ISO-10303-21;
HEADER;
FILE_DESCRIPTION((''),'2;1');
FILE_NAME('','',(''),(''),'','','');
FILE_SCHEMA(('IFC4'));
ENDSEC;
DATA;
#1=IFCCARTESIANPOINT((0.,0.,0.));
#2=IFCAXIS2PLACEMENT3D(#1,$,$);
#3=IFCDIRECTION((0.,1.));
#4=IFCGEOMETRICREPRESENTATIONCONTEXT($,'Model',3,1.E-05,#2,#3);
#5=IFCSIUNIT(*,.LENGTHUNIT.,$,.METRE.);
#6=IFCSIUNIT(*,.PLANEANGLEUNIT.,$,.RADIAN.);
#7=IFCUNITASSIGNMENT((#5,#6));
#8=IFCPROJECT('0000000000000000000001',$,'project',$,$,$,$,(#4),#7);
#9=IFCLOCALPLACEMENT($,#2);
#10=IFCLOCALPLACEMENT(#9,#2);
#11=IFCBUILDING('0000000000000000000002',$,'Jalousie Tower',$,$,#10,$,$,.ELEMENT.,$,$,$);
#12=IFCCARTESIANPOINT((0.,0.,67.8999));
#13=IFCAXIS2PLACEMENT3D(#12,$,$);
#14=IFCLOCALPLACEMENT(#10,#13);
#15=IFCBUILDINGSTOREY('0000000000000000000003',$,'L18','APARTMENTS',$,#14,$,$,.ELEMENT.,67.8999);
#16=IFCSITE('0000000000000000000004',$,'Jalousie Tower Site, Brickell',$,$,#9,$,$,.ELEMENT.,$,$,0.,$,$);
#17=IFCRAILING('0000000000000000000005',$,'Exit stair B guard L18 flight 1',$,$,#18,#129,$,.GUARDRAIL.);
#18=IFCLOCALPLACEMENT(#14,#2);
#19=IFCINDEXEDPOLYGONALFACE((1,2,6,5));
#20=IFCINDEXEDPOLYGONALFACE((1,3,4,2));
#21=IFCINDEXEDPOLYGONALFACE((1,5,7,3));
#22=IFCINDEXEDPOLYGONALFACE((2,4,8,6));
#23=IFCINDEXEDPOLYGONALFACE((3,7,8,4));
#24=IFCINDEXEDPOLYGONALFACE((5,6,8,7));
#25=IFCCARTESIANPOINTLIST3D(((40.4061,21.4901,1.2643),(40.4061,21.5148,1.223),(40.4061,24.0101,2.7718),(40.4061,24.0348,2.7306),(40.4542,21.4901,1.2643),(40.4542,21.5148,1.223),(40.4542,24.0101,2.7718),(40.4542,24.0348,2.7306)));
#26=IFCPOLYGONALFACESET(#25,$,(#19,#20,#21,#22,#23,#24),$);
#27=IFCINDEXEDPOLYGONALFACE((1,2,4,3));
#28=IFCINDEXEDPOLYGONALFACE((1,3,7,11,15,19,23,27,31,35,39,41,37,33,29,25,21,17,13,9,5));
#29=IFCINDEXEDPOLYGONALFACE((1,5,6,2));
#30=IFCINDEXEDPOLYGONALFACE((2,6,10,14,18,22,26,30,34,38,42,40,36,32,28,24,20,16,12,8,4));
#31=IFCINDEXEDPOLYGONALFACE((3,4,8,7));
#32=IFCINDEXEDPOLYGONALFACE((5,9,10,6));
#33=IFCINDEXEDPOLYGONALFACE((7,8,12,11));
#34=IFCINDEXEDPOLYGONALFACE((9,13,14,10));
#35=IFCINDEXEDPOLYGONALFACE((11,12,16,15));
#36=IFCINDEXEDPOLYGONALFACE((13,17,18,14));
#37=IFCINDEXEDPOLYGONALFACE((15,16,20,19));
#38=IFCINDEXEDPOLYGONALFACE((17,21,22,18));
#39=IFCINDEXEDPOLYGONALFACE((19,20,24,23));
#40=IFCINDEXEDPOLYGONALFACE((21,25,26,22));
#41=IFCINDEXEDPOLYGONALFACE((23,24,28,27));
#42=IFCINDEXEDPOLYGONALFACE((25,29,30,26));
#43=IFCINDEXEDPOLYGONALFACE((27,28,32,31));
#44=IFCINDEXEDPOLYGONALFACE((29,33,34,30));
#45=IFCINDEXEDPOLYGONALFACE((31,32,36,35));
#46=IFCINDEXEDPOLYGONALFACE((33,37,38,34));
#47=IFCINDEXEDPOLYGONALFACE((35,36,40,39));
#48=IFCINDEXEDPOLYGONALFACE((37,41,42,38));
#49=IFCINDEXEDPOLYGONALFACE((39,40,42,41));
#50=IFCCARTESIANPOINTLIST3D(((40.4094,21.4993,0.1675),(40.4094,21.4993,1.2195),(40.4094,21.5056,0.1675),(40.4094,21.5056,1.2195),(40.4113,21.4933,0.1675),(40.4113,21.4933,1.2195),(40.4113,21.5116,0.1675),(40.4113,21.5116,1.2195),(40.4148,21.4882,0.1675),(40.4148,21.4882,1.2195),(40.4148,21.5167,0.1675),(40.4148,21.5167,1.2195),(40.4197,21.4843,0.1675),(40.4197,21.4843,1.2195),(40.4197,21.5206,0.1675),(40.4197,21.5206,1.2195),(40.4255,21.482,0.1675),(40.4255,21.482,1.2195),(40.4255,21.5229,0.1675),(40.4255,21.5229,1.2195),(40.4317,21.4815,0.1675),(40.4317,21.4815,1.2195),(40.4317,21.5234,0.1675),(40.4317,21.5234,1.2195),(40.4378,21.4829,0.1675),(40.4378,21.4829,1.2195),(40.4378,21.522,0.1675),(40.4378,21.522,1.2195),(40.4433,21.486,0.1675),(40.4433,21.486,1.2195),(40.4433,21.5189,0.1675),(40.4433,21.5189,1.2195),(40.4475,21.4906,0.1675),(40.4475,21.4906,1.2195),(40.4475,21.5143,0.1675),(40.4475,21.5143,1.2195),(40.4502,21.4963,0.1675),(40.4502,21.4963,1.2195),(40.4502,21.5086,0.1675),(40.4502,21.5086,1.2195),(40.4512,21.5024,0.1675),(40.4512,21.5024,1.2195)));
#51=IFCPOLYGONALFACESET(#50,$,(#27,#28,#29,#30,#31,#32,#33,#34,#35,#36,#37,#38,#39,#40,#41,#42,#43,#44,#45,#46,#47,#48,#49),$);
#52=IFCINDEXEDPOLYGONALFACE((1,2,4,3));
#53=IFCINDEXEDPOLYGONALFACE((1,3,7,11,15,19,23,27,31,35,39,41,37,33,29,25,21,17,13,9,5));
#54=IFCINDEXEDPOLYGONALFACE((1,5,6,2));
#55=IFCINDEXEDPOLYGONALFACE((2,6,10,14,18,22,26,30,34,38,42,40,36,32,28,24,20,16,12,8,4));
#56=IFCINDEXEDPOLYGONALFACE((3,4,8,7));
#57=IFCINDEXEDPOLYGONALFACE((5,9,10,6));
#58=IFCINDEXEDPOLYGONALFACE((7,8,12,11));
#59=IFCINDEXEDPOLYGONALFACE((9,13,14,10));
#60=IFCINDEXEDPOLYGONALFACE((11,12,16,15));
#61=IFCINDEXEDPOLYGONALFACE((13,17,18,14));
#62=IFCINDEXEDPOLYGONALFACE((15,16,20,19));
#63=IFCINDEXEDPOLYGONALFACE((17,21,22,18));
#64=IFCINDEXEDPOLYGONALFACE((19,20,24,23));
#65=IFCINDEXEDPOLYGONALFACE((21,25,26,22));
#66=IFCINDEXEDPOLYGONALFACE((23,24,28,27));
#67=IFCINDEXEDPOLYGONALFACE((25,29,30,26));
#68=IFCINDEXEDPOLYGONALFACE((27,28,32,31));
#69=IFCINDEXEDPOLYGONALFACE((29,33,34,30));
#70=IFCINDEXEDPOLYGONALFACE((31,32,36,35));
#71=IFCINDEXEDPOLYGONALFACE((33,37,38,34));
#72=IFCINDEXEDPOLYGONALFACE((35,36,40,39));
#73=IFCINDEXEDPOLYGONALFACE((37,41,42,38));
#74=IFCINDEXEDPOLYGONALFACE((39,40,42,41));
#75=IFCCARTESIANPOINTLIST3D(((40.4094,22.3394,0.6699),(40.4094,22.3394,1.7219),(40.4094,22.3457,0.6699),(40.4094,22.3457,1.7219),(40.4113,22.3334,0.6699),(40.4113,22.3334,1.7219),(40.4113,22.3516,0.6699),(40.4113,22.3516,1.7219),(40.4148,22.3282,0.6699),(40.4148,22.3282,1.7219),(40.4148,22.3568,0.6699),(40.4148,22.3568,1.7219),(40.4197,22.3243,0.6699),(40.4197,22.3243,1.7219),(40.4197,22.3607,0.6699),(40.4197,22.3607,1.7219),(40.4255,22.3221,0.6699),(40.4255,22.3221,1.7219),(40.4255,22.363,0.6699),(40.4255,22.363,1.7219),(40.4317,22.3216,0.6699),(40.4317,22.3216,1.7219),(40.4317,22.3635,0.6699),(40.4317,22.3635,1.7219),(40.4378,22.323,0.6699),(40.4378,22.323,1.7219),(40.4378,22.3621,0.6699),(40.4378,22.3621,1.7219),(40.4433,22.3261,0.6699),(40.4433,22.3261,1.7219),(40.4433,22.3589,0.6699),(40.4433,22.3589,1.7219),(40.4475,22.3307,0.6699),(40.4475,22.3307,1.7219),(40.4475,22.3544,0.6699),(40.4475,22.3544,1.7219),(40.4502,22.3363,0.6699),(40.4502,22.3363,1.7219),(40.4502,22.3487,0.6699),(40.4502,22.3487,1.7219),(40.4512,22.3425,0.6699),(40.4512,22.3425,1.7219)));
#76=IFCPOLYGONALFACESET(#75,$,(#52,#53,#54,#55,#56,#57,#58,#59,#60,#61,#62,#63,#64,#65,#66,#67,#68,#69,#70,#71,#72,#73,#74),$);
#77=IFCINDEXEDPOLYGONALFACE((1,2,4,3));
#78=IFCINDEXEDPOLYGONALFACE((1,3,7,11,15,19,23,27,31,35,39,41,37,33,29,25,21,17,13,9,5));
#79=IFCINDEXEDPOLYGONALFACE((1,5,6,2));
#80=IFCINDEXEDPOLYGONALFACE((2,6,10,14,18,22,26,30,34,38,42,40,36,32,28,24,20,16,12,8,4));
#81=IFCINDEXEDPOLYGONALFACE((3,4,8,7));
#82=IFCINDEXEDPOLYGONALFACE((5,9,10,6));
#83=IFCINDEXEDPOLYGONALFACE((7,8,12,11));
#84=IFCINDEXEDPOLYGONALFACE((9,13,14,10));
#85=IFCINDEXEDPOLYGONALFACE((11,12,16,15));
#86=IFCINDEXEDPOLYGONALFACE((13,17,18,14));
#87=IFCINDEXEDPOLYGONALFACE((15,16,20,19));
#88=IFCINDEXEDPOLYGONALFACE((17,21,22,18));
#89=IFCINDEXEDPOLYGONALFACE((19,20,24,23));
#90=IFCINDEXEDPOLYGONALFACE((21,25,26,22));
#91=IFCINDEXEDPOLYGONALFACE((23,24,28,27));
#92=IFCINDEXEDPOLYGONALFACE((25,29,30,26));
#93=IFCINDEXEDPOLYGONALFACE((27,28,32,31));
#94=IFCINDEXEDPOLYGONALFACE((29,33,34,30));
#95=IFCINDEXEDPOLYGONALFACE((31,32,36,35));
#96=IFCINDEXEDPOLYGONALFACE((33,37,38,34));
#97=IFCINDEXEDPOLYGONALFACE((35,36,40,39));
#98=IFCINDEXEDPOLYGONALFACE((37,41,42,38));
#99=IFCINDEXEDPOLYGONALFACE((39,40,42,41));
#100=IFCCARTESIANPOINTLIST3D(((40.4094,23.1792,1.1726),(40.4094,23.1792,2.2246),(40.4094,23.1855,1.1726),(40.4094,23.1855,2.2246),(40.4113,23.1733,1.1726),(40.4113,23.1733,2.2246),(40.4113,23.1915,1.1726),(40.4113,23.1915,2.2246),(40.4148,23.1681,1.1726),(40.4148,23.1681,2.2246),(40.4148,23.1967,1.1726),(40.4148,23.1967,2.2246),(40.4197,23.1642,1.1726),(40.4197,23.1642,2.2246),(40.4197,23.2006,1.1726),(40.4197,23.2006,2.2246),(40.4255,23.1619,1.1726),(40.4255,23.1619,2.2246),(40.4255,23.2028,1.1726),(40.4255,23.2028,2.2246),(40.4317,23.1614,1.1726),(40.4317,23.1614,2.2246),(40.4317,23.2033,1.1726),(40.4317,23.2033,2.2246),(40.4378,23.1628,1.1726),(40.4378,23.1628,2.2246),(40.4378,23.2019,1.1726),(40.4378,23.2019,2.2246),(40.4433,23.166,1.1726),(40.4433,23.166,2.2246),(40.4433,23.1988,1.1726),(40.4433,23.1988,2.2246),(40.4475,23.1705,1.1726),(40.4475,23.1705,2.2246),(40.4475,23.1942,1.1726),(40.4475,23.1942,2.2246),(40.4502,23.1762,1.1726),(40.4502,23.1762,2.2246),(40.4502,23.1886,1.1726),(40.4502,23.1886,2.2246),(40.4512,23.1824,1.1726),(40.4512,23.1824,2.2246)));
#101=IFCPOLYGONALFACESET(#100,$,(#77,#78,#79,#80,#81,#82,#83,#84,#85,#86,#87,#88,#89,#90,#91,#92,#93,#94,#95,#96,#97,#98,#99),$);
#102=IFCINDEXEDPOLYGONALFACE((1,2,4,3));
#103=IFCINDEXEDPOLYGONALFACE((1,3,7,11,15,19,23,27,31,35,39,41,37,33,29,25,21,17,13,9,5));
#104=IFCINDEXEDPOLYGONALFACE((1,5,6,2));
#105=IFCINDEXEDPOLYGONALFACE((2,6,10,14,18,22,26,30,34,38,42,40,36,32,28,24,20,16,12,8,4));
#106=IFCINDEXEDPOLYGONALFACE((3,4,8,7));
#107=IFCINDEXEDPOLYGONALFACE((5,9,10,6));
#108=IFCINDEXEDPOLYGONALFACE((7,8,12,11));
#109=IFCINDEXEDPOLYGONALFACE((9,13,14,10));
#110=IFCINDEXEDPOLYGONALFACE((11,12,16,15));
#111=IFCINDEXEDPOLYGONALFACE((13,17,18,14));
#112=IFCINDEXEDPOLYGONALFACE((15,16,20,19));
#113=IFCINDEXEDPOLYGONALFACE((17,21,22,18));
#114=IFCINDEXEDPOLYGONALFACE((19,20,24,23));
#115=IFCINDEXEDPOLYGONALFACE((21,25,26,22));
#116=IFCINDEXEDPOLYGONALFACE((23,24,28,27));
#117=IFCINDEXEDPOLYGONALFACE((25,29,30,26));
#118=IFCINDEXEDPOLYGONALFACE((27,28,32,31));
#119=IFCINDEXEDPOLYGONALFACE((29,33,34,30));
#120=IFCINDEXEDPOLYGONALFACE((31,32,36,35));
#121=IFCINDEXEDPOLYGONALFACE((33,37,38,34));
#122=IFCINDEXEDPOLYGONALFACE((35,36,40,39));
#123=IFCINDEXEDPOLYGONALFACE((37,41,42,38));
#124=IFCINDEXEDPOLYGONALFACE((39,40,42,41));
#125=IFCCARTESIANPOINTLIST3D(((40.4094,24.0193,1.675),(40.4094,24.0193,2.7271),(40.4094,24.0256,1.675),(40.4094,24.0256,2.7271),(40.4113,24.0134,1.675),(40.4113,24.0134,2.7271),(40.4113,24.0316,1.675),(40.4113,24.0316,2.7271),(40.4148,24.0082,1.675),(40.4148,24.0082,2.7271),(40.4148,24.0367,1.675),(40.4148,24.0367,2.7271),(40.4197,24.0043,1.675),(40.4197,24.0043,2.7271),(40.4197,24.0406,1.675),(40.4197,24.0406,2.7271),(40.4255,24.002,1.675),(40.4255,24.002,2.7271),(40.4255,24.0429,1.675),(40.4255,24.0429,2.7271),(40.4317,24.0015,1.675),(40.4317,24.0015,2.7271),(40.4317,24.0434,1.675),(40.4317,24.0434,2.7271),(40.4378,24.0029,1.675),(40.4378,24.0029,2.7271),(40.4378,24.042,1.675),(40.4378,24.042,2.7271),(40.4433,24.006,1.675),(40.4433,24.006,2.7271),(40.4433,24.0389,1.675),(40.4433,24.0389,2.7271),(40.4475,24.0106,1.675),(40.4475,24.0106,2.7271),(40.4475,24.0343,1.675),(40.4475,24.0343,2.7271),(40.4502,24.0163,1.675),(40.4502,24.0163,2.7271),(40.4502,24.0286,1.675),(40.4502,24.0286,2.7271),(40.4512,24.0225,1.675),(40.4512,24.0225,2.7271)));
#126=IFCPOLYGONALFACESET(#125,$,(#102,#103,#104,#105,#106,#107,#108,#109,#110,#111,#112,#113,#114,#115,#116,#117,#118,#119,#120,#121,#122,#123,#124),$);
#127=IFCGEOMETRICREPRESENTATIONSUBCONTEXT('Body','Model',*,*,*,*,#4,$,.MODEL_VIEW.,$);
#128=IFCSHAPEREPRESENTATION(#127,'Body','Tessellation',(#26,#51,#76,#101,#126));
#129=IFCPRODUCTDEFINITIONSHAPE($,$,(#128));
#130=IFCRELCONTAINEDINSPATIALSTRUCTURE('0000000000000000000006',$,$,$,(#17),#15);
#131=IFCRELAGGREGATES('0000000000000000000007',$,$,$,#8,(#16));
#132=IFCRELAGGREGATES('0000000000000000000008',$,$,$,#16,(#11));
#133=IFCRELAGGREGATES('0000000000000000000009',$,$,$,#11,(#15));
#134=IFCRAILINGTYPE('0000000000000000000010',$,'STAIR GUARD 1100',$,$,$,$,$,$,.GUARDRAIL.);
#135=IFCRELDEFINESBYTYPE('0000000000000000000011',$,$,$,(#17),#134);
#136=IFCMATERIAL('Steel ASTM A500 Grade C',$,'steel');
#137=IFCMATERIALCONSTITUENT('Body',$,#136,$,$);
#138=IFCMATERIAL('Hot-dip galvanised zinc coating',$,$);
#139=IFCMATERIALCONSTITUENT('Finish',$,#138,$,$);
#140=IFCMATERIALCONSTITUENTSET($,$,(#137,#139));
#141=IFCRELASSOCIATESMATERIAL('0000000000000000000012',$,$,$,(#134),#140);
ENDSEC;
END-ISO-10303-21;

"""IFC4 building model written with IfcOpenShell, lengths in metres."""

from ifc_helpers import new_model, si_unit, direction, frame, origin, origin_2d, place, context, subcontext, project, spatial, rectangle, circle, extrude, material, constituent, constituent_set, type_object, element, save


model = new_model("IFC4")

# Units and contexts
model_context = context("Model", 3, precision=1e-05, world=origin(), true_north=direction((0.0, 1.0)))
body_context = subcontext(model_context, "Body", "Model", "MODEL_VIEW")
ifc_project = project(units=[si_unit("LENGTHUNIT", "METRE"), si_unit("PLANEANGLEUNIT", "RADIAN")], contexts=[model_context])

# Site, building, storey
site_placement = place(None, origin())
site = spatial("IfcSite", under=ifc_project, at=site_placement, Name="Jalousie Tower Site, Brickell", CompositionType="ELEMENT", RefElevation=0.0)
building_placement = place(site_placement, origin())
building = spatial("IfcBuilding", under=site, at=building_placement, Name="Jalousie Tower", CompositionType="ELEMENT")
storey_placement = place(building_placement, frame((0.0, 0.0, 67.8999)))
storey = spatial("IfcBuildingStorey", under=building, at=storey_placement, Name="L18", Description="APARTMENTS", CompositionType="ELEMENT", Elevation=67.8999)

# Railing
ifc_material_1 = material(Name="Steel ASTM A500 Grade C", Category="steel")
ifc_constituent_1 = constituent(ifc_material_1, Name="Body")
ifc_material_2 = material(Name="Hot-dip galvanised zinc coating")
ifc_constituent_2 = constituent(ifc_material_2, Name="Finish")
ifc_constituent_set_1 = constituent_set(constituents=[ifc_constituent_1, ifc_constituent_2])
railing_type_1 = type_object("IfcRailingType", Name="STAIR GUARD 1100", PredefinedType="GUARDRAIL", material=ifc_constituent_set_1)
railing_1_placement = place(storey_placement, frame((40.4302, 21.5024, 0.1675)))
element("IfcRailing", 1, at=railing_1_placement, inside=storey, type_object=railing_type_1, Name="Exit stair B guard L18 flight 1", PredefinedType="GUARDRAIL", context=body_context, shape_type="SweptSolid", body=[
    extrude(rectangle(XDim=0.0481, YDim=0.0481, at=origin_2d()), frame((0.0, 0.0, 1.0762), z_axis=(0.0, 0.85816, 0.513383), x_axis=(-1.0, 0.0, 0.0)), (0.0, 0.0, 1.0), 2.9365),
    extrude(circle(Radius=0.021, at=origin_2d()), origin(), (0.0, 0.0, 1.0), 1.052),
    extrude(circle(Radius=0.021, at=origin_2d()), frame((0.0, 0.8401, 0.5024)), (0.0, 0.0, 1.0), 1.052),
    extrude(circle(Radius=0.021, at=origin_2d()), frame((0.0, 1.6799, 1.0051)), (0.0, 0.0, 1.0), 1.052),
    extrude(circle(Radius=0.021, at=origin_2d()), frame((0.0, 2.52, 1.5076)), (0.0, 0.0, 1.0), 1.052),
])

save(model, "model.ifc")
